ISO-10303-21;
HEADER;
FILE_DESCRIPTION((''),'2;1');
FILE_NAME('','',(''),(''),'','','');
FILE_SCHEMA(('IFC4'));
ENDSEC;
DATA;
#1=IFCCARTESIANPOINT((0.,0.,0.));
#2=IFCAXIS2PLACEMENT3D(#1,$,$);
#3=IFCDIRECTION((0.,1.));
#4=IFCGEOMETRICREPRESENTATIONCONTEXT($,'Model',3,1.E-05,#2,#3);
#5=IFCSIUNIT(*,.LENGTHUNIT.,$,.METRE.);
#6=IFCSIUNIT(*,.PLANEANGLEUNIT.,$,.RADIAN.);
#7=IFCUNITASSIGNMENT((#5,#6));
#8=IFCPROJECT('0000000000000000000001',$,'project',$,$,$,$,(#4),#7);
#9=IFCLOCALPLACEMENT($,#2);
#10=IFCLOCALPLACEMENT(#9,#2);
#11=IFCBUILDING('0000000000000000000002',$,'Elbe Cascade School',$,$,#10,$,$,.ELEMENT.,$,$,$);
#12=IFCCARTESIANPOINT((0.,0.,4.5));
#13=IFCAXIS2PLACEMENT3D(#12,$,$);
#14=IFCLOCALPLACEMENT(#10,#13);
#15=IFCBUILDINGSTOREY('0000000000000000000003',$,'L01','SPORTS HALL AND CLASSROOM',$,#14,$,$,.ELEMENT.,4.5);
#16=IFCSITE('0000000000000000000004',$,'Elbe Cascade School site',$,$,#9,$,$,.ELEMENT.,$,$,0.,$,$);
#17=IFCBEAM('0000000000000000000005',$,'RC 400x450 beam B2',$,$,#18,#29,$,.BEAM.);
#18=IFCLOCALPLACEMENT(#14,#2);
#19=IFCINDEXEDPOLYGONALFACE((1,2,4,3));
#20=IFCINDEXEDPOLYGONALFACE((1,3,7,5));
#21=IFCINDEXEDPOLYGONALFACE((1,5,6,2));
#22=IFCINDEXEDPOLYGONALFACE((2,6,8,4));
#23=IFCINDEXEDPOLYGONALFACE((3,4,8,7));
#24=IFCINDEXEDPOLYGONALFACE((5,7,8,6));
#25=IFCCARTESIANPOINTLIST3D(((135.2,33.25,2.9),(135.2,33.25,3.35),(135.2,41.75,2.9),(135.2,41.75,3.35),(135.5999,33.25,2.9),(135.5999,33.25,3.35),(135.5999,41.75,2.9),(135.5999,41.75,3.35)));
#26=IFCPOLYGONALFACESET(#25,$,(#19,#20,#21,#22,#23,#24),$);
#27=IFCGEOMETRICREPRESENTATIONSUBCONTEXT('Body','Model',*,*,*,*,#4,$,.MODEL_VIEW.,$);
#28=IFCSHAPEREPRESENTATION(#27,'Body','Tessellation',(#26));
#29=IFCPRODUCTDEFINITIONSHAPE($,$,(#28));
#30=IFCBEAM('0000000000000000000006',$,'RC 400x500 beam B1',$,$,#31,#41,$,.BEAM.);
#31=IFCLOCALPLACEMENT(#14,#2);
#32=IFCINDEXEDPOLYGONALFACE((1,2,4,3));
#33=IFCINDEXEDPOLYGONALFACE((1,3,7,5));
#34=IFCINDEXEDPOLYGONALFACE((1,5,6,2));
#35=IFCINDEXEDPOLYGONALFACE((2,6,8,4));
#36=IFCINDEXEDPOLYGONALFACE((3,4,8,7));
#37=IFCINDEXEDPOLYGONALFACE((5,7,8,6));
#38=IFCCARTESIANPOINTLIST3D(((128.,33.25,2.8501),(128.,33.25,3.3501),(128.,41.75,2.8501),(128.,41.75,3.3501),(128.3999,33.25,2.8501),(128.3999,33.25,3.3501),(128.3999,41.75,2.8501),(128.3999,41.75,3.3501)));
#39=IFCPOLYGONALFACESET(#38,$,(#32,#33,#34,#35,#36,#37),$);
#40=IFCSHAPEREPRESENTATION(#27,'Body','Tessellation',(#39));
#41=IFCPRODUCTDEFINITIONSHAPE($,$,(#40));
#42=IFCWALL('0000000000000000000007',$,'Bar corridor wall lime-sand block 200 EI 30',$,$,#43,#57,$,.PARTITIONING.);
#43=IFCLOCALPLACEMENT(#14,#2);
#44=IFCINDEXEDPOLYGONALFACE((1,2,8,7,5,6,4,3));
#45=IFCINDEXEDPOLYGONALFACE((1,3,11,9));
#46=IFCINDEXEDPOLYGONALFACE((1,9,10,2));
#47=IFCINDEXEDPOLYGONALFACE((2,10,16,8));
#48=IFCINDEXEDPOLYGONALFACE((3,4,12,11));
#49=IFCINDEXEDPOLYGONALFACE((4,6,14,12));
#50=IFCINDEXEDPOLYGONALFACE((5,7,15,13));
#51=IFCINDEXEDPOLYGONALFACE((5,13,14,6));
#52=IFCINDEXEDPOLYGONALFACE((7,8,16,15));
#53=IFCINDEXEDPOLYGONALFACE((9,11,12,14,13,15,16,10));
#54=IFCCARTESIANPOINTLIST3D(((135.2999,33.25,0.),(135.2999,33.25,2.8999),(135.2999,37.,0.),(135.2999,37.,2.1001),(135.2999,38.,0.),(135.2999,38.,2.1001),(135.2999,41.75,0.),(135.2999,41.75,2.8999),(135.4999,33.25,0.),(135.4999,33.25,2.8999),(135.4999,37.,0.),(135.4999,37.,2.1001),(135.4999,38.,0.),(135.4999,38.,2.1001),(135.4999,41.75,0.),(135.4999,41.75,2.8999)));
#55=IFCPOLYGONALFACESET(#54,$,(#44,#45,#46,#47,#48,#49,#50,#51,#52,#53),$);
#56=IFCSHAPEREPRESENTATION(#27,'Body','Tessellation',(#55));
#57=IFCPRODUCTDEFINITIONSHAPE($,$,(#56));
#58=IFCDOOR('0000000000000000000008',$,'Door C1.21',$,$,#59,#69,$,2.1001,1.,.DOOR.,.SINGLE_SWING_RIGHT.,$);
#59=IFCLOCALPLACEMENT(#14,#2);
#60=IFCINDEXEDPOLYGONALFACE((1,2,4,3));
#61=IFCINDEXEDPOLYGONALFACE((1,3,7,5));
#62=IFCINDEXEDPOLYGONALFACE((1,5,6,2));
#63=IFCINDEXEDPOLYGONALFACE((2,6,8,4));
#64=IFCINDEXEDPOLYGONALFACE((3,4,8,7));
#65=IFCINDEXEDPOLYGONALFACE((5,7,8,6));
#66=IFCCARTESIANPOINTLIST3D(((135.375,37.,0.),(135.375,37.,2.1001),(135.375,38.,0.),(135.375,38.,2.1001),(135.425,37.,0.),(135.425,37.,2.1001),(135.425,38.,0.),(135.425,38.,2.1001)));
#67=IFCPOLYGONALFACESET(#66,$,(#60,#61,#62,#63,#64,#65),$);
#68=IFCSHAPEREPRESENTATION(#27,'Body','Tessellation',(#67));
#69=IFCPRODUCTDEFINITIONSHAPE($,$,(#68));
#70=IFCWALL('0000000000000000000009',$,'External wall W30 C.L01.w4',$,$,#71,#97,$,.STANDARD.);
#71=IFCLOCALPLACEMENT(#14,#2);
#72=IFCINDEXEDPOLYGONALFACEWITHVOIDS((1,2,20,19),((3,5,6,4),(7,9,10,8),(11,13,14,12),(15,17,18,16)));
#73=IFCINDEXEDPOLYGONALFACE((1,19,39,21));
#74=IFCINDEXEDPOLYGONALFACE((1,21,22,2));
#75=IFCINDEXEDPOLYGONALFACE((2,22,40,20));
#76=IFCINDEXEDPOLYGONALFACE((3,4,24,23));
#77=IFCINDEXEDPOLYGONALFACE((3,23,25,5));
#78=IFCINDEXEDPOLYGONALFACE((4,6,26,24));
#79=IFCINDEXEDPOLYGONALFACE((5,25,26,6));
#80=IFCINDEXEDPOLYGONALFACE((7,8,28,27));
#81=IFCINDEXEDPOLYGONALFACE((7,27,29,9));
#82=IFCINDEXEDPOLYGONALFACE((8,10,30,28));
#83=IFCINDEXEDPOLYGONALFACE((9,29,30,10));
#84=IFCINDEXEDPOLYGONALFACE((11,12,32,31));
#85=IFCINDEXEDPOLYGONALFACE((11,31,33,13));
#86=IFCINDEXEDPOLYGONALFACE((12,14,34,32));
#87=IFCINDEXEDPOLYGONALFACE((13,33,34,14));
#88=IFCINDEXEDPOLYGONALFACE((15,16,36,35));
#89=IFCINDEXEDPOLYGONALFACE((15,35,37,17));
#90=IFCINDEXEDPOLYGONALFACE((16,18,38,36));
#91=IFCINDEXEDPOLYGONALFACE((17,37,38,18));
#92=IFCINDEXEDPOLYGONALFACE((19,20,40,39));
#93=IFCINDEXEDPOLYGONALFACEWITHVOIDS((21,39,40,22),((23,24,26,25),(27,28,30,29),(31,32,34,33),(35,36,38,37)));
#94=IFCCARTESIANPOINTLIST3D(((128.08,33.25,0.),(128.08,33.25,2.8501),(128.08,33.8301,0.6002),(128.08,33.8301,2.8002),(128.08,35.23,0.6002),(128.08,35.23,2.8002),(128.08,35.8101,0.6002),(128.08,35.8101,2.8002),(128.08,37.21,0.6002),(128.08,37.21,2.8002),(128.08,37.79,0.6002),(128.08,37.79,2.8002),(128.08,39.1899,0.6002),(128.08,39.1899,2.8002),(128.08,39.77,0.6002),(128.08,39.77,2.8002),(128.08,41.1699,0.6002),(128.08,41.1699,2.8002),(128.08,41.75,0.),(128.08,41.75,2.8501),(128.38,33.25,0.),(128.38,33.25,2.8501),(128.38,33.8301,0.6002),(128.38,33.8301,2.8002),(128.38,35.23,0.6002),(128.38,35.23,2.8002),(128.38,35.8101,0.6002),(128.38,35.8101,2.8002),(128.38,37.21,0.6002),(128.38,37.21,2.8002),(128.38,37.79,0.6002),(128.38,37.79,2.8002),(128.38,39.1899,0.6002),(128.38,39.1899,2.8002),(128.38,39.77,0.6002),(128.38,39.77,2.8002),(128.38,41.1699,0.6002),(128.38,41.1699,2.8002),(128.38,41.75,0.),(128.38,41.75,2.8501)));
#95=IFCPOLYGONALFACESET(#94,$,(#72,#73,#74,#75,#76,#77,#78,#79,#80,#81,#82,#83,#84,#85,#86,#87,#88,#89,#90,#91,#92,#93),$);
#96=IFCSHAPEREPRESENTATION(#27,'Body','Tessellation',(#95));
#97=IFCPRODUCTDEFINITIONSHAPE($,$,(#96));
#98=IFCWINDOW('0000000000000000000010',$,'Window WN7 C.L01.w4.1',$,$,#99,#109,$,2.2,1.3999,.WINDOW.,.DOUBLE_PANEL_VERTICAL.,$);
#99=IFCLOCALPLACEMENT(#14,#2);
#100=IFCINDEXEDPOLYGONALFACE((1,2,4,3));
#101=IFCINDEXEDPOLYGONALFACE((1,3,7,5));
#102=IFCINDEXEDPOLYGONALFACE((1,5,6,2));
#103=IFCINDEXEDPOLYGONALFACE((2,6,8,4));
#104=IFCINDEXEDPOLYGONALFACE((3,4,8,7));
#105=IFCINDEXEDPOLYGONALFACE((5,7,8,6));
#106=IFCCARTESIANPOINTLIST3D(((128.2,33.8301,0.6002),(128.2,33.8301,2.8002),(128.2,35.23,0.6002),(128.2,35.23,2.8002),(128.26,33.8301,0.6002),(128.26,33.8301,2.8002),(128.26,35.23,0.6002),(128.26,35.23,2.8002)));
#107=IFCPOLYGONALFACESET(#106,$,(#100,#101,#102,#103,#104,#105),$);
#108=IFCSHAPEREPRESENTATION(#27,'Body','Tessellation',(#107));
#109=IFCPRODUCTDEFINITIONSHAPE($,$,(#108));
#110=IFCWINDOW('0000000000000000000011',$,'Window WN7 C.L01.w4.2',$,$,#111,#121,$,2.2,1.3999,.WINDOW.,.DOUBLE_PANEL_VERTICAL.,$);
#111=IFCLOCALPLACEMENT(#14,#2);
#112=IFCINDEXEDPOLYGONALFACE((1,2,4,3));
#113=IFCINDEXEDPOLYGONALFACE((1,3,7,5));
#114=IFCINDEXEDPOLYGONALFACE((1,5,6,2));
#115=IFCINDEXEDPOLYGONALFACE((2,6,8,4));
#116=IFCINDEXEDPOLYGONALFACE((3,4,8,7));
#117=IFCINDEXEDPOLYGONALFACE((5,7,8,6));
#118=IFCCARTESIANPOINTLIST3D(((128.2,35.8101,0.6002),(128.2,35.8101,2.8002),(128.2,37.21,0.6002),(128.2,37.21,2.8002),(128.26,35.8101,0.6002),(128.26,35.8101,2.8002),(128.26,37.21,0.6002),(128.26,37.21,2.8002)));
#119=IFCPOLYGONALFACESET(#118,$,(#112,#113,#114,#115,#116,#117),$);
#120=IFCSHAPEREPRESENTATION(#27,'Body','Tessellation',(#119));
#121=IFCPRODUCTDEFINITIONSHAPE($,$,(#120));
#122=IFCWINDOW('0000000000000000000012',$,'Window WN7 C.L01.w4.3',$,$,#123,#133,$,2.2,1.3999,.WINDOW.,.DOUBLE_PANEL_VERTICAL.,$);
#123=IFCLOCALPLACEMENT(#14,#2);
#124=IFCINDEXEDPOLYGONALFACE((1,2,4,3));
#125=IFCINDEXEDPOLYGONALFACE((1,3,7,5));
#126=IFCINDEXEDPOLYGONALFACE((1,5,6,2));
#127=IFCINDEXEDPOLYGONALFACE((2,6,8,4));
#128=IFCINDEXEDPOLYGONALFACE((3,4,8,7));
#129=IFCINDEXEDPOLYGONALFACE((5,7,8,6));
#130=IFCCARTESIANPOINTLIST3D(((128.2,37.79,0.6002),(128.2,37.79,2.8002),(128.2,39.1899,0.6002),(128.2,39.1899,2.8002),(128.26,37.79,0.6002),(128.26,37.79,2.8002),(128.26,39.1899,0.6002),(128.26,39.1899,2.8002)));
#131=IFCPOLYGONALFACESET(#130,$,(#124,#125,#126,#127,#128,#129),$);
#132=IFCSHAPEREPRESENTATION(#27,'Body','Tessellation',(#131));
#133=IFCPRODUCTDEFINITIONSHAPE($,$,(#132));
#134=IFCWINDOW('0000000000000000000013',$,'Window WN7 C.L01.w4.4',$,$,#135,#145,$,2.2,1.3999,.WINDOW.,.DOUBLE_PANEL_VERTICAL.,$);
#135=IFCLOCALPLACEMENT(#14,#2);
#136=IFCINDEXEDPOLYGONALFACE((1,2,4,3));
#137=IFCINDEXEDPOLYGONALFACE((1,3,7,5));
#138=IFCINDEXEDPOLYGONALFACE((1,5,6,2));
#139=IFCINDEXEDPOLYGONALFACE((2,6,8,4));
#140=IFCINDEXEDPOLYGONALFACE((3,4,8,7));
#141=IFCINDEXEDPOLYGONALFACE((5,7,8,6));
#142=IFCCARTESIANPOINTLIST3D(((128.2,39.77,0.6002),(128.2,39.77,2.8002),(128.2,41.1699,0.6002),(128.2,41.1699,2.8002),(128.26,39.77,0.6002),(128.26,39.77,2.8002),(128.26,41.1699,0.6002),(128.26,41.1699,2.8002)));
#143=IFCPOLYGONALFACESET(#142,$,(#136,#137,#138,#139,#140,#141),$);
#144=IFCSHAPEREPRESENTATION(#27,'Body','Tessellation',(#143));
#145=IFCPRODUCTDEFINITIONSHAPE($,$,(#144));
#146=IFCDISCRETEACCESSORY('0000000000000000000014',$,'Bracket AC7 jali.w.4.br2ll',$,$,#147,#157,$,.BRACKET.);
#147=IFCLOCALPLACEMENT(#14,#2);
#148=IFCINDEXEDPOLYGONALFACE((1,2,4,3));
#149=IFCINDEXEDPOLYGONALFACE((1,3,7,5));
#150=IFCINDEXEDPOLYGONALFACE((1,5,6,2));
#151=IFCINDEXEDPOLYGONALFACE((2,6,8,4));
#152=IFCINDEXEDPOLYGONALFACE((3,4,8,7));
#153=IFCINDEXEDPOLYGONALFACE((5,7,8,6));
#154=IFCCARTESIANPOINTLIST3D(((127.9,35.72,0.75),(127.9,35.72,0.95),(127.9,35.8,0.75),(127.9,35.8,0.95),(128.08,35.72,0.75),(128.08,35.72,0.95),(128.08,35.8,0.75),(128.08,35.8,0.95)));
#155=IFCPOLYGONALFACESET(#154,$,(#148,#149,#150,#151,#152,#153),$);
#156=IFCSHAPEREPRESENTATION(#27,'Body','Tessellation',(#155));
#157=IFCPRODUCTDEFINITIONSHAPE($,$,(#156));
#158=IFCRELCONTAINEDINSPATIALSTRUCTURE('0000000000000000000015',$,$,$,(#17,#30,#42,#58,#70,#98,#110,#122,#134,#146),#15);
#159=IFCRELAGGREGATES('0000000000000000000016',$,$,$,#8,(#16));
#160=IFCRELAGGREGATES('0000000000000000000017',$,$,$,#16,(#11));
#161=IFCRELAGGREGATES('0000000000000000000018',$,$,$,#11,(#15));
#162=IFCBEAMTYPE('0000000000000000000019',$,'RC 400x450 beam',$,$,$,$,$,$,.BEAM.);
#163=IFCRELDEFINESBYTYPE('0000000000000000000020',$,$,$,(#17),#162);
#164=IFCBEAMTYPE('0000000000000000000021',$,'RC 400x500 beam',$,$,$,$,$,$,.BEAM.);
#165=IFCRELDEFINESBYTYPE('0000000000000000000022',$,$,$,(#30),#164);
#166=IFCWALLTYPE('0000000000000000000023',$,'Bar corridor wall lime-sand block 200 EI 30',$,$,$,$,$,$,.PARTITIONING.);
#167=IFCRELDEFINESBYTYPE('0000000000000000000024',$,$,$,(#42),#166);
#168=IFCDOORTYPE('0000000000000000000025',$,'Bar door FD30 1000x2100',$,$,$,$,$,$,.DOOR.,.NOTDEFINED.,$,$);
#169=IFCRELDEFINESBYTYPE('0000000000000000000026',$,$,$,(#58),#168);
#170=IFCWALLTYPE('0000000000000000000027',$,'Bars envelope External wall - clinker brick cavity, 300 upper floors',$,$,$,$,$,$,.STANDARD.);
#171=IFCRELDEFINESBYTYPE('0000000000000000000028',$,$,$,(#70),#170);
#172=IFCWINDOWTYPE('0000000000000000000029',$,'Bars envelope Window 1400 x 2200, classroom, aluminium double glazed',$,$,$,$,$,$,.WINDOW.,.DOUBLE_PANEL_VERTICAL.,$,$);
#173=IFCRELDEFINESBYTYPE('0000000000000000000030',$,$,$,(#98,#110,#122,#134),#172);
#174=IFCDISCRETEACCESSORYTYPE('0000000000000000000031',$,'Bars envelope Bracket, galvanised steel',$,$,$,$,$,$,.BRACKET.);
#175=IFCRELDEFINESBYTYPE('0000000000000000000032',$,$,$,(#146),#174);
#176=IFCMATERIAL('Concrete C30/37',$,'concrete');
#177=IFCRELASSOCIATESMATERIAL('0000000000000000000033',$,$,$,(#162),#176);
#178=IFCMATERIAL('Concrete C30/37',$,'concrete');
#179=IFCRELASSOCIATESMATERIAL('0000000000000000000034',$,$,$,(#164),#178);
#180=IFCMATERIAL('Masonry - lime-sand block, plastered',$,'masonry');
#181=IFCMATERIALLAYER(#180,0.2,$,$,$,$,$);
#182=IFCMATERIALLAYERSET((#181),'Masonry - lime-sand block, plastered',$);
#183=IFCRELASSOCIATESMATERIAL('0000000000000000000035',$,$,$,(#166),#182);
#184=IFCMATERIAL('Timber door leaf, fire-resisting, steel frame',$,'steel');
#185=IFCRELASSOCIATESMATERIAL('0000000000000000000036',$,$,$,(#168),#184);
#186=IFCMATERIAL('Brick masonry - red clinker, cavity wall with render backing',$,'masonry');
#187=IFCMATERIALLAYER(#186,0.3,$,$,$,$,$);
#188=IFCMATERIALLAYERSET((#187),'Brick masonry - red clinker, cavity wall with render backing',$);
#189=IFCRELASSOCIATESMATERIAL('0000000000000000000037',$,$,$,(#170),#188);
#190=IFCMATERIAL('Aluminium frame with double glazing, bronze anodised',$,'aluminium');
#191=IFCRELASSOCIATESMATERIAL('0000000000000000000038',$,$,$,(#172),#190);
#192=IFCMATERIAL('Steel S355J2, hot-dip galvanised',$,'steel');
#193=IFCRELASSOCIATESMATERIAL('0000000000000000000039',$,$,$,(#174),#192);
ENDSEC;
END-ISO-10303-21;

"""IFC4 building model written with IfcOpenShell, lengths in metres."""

from ifc_helpers import new_model, si_unit, direction, frame, frame_2d, origin, origin_2d, place, context, subcontext, project, spatial, rectangle, extrude, material, layer, layer_set, material_profile, profile_set, type_object, element, fill, save


model = new_model("IFC4")

# Units and contexts
model_context = context("Model", 3, precision=1e-05, world=origin(), true_north=direction((0.0, 1.0)))
body_context = subcontext(model_context, "Body", "Model", "MODEL_VIEW")
ifc_project = project(units=[si_unit("LENGTHUNIT", "METRE"), si_unit("PLANEANGLEUNIT", "RADIAN")], contexts=[model_context])

# Site, building, storey
site_placement = place(None, origin())
site = spatial("IfcSite", under=ifc_project, at=site_placement, Name="Elbe Cascade School site", CompositionType="ELEMENT", RefElevation=0.0)
building_placement = place(site_placement, origin())
building = spatial("IfcBuilding", under=site, at=building_placement, Name="Elbe Cascade School", CompositionType="ELEMENT")
storey_placement = place(building_placement, frame((0.0, 0.0, 4.5)))
storey = spatial("IfcBuildingStorey", under=building, at=storey_placement, Name="L01", Description="SPORTS HALL AND CLASSROOM", CompositionType="ELEMENT", Elevation=4.5)

# Beams
ifc_material_1 = material(Name="Concrete C30/37", Category="concrete")
ifc_material_profile_1 = material_profile(ifc_material_1, rectangle(XDim=0.3999, YDim=0.45, at=origin_2d()), Name="RC 400x450")
ifc_profile_set_1 = profile_set([ifc_material_profile_1], Name="Concrete C30/37")
beam_type_1 = type_object("IfcBeamType", Name="RC 400x450 beam", PredefinedType="BEAM", material=ifc_profile_set_1)
beam_1_placement = place(storey_placement, frame((135.3999, 33.25, 3.125), z_axis=(0.0, 1.0, 0.0), x_axis=(-1.0, 0.0, 0.0)))
element("IfcBeam", 1, at=beam_1_placement, inside=storey, type_object=beam_type_1, Name="RC 400x450 beam B2", PredefinedType="BEAM", context=body_context, shape_type="SweptSolid", body=[
    extrude(rectangle(XDim=0.3999, YDim=0.45, at=origin_2d()), origin(), (0.0, 0.0, 1.0), 8.5),
])
ifc_material_2 = material(Name="Concrete C30/37", Category="concrete")
ifc_material_profile_2 = material_profile(ifc_material_2, rectangle(XDim=0.3999, YDim=0.5, at=origin_2d()), Name="RC 400x500")
ifc_profile_set_2 = profile_set([ifc_material_profile_2], Name="Concrete C30/37")
beam_type_2 = type_object("IfcBeamType", Name="RC 400x500 beam", PredefinedType="BEAM", material=ifc_profile_set_2)
beam_2_placement = place(storey_placement, frame((128.2, 33.25, 3.1001), z_axis=(0.0, 1.0, 0.0), x_axis=(-1.0, 0.0, 0.0)))
element("IfcBeam", 2, at=beam_2_placement, inside=storey, type_object=beam_type_2, Name="RC 400x500 beam B1", PredefinedType="BEAM", context=body_context, shape_type="SweptSolid", body=[
    extrude(rectangle(XDim=0.3999, YDim=0.5, at=origin_2d()), origin(), (0.0, 0.0, 1.0), 8.5),
])

# Wall, opening, door
ifc_material_3 = material(Name="Masonry - lime-sand block, plastered", Category="masonry")
ifc_layer_1 = layer(ifc_material_3, 0.2)
ifc_layer_set_1 = layer_set([ifc_layer_1], Name="Masonry - lime-sand block, plastered")
wall_type_1 = type_object("IfcWallType", Name="Bar corridor wall lime-sand block 200 EI 30", PredefinedType="PARTITIONING", material=ifc_layer_set_1)
wall_1_placement = place(storey_placement, frame((135.3999, 33.25, 0.0), z_axis=(0.0, 0.0, 1.0), x_axis=(0.0, 1.0, 0.0)))
wall_1 = element("IfcWall", 3, at=wall_1_placement, inside=storey, type_object=wall_type_1, Name="Bar corridor wall lime-sand block 200 EI 30", PredefinedType="PARTITIONING", context=body_context, shape_type="SweptSolid", body=[
    extrude(rectangle(XDim=8.5, YDim=0.2, at=frame_2d((4.25, 0.0))), origin(), (0.0, 0.0, 1.0), 2.8999),
])
opening_1_placement = place(wall_1_placement, frame((3.75, 0.0, 0.0)))
opening_1 = element("IfcOpeningElement", 4, at=opening_1_placement, cuts=wall_1, PredefinedType="OPENING", context=body_context, shape_type="SweptSolid", body=[
    extrude(rectangle(XDim=1.0, YDim=2.1001, at=frame_2d((0.5, 1.05))), frame((0.0, 0.1099, 0.0), z_axis=(0.0, -1.0, 0.0), x_axis=(1.0, 0.0, 0.0)), (0.0, 0.0, 1.0), 0.22),
])
ifc_material_4 = material(Name="Timber door leaf, fire-resisting, steel frame", Category="steel")
door_type = type_object("IfcDoorType", Name="Bar door FD30 1000x2100", OperationType="NOTDEFINED", PredefinedType="DOOR", material=ifc_material_4)
door_placement = place(opening_1_placement, origin())
door = element("IfcDoor", 5, at=door_placement, inside=storey, type_object=door_type, Name="Door C1.21", OperationType="SINGLE_SWING_RIGHT", OverallHeight=2.1001, OverallWidth=1.0, PredefinedType="DOOR", context=body_context, shape_type="SweptSolid", body=[
    extrude(rectangle(XDim=1.0, YDim=2.1001, at=frame_2d((0.5, 1.05))), frame((0.0, 0.0249, 0.0), z_axis=(0.0, -1.0, 0.0), x_axis=(1.0, 0.0, 0.0)), (0.0, 0.0, 1.0), 0.05),
])
fill(opening_1, door)

# Wall, openings, windows
ifc_material_5 = material(Name="Brick masonry - red clinker, cavity wall with render backing", Category="masonry")
ifc_layer_2 = layer(ifc_material_5, 0.3)
ifc_layer_set_2 = layer_set([ifc_layer_2], Name="Brick masonry - red clinker, cavity wall with render backing")
wall_type_2 = type_object("IfcWallType", Name="Bars envelope External wall - clinker brick cavity, 300 upper floors", PredefinedType="STANDARD", material=ifc_layer_set_2)
wall_2_placement = place(storey_placement, frame((128.23, 33.25, 0.0), z_axis=(0.0, 0.0, 1.0), x_axis=(0.0, 1.0, 0.0)))
wall_2 = element("IfcWall", 6, at=wall_2_placement, inside=storey, type_object=wall_type_2, Name="External wall W30 C.L01.w4", PredefinedType="STANDARD", context=body_context, shape_type="SweptSolid", body=[
    extrude(rectangle(XDim=8.5, YDim=0.3, at=frame_2d((4.25, 0.0))), origin(), (0.0, 0.0, 1.0), 2.8501),
])
opening_2_placement = place(wall_2_placement, frame((0.5801, 0.0, 0.6001)))
opening_2 = element("IfcOpeningElement", 7, at=opening_2_placement, cuts=wall_2, PredefinedType="OPENING", context=body_context, shape_type="SweptSolid", body=[
    extrude(rectangle(XDim=1.3999, YDim=2.2, at=frame_2d((0.7, 1.1001))), frame((0.0, 0.1599, 0.0), z_axis=(0.0, -1.0, 0.0), x_axis=(1.0, 0.0, 0.0)), (0.0, 0.0, 1.0), 0.3201),
])
opening_3_placement = place(wall_2_placement, frame((2.5601, 0.0, 0.6001)))
opening_3 = element("IfcOpeningElement", 8, at=opening_3_placement, cuts=wall_2, PredefinedType="OPENING", context=body_context, shape_type="SweptSolid", body=[
    extrude(rectangle(XDim=1.3999, YDim=2.2, at=frame_2d((0.7, 1.1001))), frame((0.0, 0.1599, 0.0), z_axis=(0.0, -1.0, 0.0), x_axis=(1.0, 0.0, 0.0)), (0.0, 0.0, 1.0), 0.3201),
])
opening_4_placement = place(wall_2_placement, frame((4.54, 0.0, 0.6001)))
opening_4 = element("IfcOpeningElement", 9, at=opening_4_placement, cuts=wall_2, PredefinedType="OPENING", context=body_context, shape_type="SweptSolid", body=[
    extrude(rectangle(XDim=1.3999, YDim=2.2, at=frame_2d((0.7, 1.1001))), frame((0.0, 0.1599, 0.0), z_axis=(0.0, -1.0, 0.0), x_axis=(1.0, 0.0, 0.0)), (0.0, 0.0, 1.0), 0.3201),
])
opening_5_placement = place(wall_2_placement, frame((6.52, 0.0, 0.6001)))
opening_5 = element("IfcOpeningElement", 10, at=opening_5_placement, cuts=wall_2, PredefinedType="OPENING", context=body_context, shape_type="SweptSolid", body=[
    extrude(rectangle(XDim=1.3999, YDim=2.2, at=frame_2d((0.7, 1.1001))), frame((0.0, 0.1599, 0.0), z_axis=(0.0, -1.0, 0.0), x_axis=(1.0, 0.0, 0.0)), (0.0, 0.0, 1.0), 0.3201),
])
ifc_material_6 = material(Name="Aluminium frame with double glazing, bronze anodised", Category="aluminium")
window_type = type_object("IfcWindowType", Name="Bars envelope Window 1400 x 2200, classroom, aluminium double glazed", PartitioningType="DOUBLE_PANEL_VERTICAL", PredefinedType="WINDOW", material=ifc_material_6)
window_1_placement = place(opening_2_placement, origin())
window_1 = element("IfcWindow", 11, at=window_1_placement, inside=storey, type_object=window_type, Name="Window WN7 C.L01.w4.1", OverallHeight=2.2, OverallWidth=1.3999, PartitioningType="DOUBLE_PANEL_VERTICAL", PredefinedType="WINDOW", context=body_context, shape_type="SweptSolid", body=[
    extrude(rectangle(XDim=1.3999, YDim=2.2, at=frame_2d((0.7, 1.1001))), frame((0.0, 0.03, 0.0), z_axis=(0.0, -1.0, 0.0), x_axis=(1.0, 0.0, 0.0)), (0.0, 0.0, 1.0), 0.0601),
])
fill(opening_2, window_1)
window_2_placement = place(opening_3_placement, origin())
window_2 = element("IfcWindow", 12, at=window_2_placement, inside=storey, type_object=window_type, Name="Window WN7 C.L01.w4.2", OverallHeight=2.2, OverallWidth=1.3999, PartitioningType="DOUBLE_PANEL_VERTICAL", PredefinedType="WINDOW", context=body_context, shape_type="SweptSolid", body=[
    extrude(rectangle(XDim=1.3999, YDim=2.2, at=frame_2d((0.7, 1.1001))), frame((0.0, 0.03, 0.0), z_axis=(0.0, -1.0, 0.0), x_axis=(1.0, 0.0, 0.0)), (0.0, 0.0, 1.0), 0.0601),
])
fill(opening_3, window_2)
window_3_placement = place(opening_4_placement, origin())
window_3 = element("IfcWindow", 13, at=window_3_placement, inside=storey, type_object=window_type, Name="Window WN7 C.L01.w4.3", OverallHeight=2.2, OverallWidth=1.3999, PartitioningType="DOUBLE_PANEL_VERTICAL", PredefinedType="WINDOW", context=body_context, shape_type="SweptSolid", body=[
    extrude(rectangle(XDim=1.3999, YDim=2.2, at=frame_2d((0.7, 1.1001))), frame((0.0, 0.03, 0.0), z_axis=(0.0, -1.0, 0.0), x_axis=(1.0, 0.0, 0.0)), (0.0, 0.0, 1.0), 0.0601),
])
fill(opening_4, window_3)
window_4_placement = place(opening_5_placement, origin())
window_4 = element("IfcWindow", 14, at=window_4_placement, inside=storey, type_object=window_type, Name="Window WN7 C.L01.w4.4", OverallHeight=2.2, OverallWidth=1.3999, PartitioningType="DOUBLE_PANEL_VERTICAL", PredefinedType="WINDOW", context=body_context, shape_type="SweptSolid", body=[
    extrude(rectangle(XDim=1.3999, YDim=2.2, at=frame_2d((0.7, 1.1001))), frame((0.0, 0.03, 0.0), z_axis=(0.0, -1.0, 0.0), x_axis=(1.0, 0.0, 0.0)), (0.0, 0.0, 1.0), 0.0601),
])
fill(opening_5, window_4)

# Discrete accessory
ifc_material_7 = material(Name="Steel S355J2, hot-dip galvanised", Category="steel")
discrete_accessory_type = type_object("IfcDiscreteAccessoryType", Name="Bars envelope Bracket, galvanised steel", PredefinedType="BRACKET", material=ifc_material_7)
for number, where, z_axis, x_axis, name in (
    (15, (127.99, 35.76, 0.75), (0.0, 0.0, 1.0), (0.0, 1.0, 0.0), "Bracket AC7 jali.w.4.br2ll"),
):
    element("IfcDiscreteAccessory", number, at=place(storey_placement, frame(where, z_axis=z_axis, x_axis=x_axis)), inside=storey, type_object=discrete_accessory_type, Name=name, PredefinedType="BRACKET", context=body_context, shape_type="SweptSolid", body=[
        extrude(rectangle(XDim=0.0801, YDim=0.1799, at=origin_2d()), origin(), (0.0, 0.0, 1.0), 0.2),
    ])

save(model, "model.ifc")
